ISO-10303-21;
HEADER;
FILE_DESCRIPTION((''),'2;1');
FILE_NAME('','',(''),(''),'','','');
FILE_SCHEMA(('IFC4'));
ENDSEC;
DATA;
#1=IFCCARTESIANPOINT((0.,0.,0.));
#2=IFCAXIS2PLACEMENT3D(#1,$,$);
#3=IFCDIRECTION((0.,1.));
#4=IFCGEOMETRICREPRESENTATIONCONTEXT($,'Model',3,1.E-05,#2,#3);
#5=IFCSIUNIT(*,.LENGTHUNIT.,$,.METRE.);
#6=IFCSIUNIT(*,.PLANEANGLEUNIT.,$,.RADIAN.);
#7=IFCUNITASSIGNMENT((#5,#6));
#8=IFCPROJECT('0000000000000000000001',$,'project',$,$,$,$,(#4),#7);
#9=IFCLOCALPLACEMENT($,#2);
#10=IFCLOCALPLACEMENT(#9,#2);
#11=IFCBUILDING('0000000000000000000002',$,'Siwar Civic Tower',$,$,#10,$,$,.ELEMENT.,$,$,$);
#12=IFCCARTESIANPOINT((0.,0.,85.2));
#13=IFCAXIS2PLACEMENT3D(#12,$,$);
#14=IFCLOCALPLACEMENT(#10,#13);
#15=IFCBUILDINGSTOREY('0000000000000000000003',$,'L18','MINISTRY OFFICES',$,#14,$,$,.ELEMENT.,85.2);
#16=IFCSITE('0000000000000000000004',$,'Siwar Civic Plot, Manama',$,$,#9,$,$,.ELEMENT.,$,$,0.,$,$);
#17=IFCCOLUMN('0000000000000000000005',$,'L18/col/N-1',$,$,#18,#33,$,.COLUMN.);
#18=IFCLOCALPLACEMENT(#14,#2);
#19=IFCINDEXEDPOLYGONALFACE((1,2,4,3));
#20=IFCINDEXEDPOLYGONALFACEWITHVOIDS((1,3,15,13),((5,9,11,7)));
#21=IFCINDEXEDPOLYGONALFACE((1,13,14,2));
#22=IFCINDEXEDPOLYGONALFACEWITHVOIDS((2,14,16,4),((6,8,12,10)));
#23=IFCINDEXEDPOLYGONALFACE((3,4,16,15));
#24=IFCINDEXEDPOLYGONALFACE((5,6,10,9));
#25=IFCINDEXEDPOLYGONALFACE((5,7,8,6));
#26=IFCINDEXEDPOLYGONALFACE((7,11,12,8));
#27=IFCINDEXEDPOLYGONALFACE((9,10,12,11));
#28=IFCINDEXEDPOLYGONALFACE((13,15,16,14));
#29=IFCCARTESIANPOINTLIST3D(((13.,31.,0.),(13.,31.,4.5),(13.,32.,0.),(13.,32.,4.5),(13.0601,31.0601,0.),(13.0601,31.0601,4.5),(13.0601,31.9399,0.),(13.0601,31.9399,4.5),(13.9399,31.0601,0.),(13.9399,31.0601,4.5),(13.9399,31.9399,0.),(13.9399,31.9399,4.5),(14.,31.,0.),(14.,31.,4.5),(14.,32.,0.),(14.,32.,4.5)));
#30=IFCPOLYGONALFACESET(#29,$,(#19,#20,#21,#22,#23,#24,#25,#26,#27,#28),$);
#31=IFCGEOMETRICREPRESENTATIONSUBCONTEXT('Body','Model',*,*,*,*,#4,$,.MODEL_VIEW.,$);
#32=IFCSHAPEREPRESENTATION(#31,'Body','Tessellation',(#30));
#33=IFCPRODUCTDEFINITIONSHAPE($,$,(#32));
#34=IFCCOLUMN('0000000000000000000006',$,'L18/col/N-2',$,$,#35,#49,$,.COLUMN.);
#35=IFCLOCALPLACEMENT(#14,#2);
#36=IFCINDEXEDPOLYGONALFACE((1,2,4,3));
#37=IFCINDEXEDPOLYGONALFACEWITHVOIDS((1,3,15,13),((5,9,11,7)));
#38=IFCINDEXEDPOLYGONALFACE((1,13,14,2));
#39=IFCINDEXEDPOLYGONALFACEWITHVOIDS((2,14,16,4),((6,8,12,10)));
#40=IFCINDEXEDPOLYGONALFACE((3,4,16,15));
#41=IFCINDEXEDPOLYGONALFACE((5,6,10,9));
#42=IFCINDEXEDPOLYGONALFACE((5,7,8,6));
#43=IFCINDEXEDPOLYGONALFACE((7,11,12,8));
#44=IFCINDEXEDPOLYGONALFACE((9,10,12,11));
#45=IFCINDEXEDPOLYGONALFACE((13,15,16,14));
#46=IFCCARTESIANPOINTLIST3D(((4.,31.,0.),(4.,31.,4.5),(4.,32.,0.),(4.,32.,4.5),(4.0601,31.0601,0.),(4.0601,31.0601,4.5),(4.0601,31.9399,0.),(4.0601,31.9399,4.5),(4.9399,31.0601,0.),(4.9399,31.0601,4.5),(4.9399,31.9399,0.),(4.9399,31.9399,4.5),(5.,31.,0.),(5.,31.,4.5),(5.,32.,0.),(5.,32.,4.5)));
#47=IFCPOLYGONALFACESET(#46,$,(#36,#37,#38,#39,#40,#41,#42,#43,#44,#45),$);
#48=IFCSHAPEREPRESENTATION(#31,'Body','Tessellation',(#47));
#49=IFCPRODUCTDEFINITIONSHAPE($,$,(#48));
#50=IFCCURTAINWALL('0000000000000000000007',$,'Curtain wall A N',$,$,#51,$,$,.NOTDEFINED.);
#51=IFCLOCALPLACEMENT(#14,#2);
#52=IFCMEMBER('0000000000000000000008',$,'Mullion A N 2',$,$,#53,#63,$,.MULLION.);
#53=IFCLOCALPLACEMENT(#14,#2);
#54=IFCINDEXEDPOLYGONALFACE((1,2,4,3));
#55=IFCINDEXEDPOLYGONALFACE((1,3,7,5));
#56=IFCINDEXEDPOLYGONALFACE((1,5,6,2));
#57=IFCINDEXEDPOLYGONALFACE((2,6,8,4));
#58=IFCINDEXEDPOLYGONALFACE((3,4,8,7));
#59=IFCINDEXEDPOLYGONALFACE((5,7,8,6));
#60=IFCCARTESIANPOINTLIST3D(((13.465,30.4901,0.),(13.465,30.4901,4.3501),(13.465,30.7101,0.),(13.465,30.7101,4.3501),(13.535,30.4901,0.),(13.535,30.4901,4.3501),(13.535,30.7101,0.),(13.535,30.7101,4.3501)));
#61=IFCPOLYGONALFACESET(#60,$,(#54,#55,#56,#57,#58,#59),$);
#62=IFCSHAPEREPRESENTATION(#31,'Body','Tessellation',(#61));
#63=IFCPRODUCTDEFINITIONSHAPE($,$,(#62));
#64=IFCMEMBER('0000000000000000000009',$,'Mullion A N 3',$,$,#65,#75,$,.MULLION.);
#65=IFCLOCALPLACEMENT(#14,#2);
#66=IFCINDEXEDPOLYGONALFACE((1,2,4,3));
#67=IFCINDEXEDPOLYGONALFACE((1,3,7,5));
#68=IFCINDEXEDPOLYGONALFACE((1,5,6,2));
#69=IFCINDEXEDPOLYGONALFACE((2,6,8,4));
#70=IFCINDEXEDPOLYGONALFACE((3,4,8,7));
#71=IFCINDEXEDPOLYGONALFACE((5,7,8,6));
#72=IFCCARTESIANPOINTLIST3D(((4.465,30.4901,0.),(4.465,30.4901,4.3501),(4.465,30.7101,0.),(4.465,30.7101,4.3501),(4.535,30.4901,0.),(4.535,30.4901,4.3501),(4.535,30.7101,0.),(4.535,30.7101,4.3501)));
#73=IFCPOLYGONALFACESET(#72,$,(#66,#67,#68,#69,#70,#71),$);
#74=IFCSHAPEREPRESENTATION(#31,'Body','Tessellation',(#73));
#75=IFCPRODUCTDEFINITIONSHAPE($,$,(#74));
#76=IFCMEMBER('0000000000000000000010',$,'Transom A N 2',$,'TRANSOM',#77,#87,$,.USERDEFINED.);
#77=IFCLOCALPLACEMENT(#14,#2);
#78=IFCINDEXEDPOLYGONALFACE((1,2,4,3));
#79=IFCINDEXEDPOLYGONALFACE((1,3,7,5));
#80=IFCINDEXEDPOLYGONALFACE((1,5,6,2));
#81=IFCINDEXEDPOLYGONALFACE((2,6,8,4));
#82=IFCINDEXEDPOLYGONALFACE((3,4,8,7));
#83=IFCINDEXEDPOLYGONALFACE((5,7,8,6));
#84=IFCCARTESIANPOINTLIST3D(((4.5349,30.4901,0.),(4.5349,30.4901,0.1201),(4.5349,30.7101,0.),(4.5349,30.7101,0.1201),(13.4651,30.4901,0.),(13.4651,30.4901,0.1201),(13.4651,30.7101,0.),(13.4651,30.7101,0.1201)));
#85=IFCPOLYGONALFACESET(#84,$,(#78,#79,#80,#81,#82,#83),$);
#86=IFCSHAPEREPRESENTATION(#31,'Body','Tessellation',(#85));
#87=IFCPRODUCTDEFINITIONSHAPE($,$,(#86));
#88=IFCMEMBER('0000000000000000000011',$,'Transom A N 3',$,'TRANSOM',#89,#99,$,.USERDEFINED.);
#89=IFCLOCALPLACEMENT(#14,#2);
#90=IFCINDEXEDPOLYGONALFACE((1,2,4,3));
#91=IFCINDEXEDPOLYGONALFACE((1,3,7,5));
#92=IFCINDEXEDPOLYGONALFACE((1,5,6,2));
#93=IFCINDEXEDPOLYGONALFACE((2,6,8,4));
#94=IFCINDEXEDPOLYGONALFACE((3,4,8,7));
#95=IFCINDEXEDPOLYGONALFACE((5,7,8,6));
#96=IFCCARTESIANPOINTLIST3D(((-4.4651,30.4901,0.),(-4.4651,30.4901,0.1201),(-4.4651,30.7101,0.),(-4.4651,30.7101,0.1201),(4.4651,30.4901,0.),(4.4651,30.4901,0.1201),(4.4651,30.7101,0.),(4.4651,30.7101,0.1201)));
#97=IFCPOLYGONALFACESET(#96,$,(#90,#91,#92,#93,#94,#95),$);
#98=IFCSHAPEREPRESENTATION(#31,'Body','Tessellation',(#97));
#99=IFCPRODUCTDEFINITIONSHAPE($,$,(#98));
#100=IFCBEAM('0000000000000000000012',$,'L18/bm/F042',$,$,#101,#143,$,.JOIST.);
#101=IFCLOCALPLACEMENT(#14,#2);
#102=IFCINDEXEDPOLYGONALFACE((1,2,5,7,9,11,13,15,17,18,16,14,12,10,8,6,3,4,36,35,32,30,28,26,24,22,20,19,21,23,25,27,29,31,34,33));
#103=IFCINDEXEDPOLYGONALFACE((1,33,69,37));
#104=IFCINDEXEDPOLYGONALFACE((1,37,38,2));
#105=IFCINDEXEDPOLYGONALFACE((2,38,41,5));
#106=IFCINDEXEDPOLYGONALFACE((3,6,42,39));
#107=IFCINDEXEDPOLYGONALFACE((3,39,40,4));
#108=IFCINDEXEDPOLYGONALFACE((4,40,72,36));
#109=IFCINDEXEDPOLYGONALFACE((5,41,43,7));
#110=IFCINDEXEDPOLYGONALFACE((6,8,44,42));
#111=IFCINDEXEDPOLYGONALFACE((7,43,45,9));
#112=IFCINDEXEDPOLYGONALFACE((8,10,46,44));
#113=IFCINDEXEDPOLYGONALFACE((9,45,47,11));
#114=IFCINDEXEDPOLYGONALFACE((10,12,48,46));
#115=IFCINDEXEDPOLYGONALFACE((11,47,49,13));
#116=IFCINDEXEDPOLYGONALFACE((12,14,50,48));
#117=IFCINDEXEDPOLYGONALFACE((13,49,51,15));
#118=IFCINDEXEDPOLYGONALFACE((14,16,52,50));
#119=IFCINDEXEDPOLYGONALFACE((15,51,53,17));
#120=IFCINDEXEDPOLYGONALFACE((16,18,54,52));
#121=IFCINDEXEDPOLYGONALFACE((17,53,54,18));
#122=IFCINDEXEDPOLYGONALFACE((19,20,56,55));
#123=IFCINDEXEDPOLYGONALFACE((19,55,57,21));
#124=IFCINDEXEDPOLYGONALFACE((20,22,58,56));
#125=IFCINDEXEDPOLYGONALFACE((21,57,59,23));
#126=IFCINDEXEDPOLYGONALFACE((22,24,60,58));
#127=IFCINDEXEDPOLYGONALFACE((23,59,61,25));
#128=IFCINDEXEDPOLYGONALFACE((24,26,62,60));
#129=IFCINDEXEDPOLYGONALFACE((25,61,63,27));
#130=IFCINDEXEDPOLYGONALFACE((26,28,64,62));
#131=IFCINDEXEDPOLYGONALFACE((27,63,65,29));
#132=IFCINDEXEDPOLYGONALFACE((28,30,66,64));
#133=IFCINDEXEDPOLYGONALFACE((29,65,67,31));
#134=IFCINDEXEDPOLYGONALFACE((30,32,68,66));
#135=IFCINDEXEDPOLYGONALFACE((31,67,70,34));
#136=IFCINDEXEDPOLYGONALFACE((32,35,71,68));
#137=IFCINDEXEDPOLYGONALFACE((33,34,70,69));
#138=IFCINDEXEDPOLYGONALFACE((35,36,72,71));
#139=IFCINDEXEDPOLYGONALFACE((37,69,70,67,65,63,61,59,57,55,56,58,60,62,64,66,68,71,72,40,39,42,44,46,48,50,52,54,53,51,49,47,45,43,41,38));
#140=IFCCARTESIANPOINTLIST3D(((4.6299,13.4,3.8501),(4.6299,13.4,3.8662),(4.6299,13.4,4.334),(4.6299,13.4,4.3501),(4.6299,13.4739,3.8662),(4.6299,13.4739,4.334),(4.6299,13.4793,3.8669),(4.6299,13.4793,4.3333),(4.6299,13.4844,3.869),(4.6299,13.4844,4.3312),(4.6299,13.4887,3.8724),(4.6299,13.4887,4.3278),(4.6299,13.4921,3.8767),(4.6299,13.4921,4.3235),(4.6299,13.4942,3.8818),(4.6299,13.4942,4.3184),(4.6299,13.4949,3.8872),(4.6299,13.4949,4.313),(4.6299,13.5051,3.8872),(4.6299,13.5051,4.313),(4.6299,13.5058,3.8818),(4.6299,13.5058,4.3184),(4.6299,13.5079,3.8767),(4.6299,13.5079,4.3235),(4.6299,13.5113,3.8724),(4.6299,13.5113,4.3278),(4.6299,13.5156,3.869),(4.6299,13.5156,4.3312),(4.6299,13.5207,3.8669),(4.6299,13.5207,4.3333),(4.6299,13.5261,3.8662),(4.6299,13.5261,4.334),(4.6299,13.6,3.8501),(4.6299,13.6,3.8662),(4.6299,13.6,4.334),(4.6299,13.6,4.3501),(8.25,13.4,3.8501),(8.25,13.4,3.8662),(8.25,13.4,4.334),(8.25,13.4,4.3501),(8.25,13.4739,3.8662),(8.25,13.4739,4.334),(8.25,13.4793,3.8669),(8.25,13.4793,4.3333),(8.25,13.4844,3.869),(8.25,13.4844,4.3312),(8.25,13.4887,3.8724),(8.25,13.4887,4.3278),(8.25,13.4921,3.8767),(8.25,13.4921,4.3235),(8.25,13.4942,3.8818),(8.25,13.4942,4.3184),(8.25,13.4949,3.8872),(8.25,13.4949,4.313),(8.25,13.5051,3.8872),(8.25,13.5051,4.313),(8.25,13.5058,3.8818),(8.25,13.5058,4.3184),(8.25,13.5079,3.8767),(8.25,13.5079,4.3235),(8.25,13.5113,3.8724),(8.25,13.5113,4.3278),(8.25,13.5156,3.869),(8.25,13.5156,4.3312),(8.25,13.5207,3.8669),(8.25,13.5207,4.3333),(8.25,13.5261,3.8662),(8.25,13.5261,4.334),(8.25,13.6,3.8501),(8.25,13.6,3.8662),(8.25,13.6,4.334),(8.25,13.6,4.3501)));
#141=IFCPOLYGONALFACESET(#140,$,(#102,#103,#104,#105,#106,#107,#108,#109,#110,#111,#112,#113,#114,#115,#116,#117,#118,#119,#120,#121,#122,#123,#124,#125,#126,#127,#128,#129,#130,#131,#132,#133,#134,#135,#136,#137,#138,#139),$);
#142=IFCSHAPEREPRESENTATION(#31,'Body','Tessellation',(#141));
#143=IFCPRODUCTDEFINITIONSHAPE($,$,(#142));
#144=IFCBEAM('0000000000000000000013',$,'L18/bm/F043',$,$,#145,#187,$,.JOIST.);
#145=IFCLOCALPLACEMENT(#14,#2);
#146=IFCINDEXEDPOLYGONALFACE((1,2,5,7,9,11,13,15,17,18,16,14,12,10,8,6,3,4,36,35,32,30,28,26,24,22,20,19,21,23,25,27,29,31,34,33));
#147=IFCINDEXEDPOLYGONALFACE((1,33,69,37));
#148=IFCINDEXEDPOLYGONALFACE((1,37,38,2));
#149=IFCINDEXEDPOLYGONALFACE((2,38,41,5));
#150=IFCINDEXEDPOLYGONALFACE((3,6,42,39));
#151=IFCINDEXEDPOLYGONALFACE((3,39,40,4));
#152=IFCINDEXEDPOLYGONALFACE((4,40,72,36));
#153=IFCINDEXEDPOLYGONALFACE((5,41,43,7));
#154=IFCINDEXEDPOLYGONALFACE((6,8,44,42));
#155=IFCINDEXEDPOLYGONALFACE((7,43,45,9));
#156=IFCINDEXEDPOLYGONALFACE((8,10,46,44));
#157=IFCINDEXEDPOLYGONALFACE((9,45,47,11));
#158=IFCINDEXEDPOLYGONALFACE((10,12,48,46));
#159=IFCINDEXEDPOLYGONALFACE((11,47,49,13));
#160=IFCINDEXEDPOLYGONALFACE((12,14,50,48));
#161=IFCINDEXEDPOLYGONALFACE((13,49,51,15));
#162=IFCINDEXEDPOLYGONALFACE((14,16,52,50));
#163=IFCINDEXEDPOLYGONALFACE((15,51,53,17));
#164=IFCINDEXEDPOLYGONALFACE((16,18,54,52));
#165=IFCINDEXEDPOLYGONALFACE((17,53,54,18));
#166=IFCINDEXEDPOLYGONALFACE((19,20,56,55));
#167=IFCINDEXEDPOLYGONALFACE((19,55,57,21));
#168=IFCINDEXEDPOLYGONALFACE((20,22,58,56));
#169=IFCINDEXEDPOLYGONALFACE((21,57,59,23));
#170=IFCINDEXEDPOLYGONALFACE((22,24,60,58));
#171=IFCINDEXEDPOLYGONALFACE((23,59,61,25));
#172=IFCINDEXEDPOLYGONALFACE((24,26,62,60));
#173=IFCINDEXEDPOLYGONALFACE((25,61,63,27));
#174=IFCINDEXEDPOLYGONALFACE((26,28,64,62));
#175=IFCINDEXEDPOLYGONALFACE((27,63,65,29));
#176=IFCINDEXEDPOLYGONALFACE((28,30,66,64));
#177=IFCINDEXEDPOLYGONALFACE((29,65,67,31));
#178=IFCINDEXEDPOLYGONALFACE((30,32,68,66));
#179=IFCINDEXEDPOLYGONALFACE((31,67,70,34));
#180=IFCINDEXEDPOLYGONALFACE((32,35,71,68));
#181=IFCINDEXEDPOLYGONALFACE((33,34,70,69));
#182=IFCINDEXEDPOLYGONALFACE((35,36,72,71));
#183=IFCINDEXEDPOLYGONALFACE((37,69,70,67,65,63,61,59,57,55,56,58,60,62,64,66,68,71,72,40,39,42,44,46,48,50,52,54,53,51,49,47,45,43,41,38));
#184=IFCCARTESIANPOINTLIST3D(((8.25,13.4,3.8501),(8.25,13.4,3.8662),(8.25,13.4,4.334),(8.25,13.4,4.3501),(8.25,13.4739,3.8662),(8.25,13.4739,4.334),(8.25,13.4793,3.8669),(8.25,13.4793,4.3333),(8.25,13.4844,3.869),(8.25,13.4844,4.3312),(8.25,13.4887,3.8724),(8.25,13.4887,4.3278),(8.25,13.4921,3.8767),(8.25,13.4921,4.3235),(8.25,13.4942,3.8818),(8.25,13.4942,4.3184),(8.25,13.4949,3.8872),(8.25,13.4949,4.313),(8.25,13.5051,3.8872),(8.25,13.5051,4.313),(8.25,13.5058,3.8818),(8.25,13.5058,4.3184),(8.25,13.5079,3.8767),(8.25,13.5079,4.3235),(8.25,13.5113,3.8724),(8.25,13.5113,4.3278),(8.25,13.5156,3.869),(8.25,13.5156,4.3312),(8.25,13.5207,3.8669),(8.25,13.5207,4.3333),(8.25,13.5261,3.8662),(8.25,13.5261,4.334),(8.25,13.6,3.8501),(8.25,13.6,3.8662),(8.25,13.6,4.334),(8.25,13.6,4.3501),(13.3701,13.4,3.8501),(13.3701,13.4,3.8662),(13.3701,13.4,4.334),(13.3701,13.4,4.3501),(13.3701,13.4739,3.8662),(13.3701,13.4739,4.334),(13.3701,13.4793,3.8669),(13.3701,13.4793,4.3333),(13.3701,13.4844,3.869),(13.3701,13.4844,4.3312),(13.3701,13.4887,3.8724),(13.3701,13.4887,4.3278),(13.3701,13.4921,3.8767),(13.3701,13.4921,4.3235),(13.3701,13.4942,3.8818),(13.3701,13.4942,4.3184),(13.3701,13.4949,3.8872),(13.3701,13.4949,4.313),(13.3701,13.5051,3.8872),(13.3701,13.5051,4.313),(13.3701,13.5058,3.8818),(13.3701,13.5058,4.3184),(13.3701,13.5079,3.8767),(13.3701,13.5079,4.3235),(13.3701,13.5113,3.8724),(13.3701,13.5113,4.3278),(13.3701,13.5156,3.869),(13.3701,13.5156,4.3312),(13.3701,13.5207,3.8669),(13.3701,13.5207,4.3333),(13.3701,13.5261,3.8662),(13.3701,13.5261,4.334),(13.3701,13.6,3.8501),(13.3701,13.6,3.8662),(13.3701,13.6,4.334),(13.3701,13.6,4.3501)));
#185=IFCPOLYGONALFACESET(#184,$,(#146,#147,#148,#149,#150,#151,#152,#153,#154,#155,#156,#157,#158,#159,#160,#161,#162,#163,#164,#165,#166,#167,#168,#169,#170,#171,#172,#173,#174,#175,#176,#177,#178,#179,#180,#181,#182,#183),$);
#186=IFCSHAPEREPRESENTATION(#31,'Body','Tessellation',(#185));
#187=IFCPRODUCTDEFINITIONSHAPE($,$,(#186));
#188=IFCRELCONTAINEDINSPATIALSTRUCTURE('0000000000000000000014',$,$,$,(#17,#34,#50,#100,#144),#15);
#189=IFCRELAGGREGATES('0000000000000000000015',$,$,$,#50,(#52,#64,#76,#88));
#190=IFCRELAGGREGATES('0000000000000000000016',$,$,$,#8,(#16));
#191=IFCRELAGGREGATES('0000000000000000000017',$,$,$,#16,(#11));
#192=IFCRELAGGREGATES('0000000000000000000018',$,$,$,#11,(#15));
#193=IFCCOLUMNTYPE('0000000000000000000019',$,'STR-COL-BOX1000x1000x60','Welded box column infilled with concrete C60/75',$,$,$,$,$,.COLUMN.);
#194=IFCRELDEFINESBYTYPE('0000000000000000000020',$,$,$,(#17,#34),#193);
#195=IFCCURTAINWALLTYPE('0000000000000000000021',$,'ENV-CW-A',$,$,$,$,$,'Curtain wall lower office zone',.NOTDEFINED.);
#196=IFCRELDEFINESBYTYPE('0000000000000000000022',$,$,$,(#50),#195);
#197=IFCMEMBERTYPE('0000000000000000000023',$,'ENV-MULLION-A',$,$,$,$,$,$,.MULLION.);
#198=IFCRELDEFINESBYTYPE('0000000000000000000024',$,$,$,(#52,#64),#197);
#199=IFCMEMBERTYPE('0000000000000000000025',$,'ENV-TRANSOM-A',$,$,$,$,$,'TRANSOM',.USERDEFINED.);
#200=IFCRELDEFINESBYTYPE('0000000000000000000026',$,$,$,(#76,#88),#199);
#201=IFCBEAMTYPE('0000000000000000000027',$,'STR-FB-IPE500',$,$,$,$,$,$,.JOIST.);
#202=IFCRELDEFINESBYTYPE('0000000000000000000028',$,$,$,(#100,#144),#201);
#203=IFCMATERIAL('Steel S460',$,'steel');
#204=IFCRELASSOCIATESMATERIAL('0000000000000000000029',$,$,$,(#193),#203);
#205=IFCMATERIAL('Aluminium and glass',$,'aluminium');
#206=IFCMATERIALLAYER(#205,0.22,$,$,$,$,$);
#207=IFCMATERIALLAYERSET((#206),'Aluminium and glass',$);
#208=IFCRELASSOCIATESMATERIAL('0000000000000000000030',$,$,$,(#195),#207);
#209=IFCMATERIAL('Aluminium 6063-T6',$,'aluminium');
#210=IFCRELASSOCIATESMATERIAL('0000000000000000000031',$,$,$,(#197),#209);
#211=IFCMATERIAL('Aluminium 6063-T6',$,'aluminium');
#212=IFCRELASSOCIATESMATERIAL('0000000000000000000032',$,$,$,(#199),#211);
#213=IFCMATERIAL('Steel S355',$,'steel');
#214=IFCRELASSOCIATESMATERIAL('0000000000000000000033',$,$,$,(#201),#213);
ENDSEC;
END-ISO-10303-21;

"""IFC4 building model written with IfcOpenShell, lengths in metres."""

from ifc_helpers import new_model, si_unit, direction, frame, origin, origin_2d, place, context, subcontext, project, spatial, rectangle, hollow_rectangle, i_section, extrude, material, layer, layer_set, material_profile, profile_set, type_object, element, aggregate, save


model = new_model("IFC4")

# Units and contexts
model_context = context("Model", 3, precision=1e-05, world=origin(), true_north=direction((0.0, 1.0)))
body_context = subcontext(model_context, "Body", "Model", "MODEL_VIEW")
ifc_project = project(units=[si_unit("LENGTHUNIT", "METRE"), si_unit("PLANEANGLEUNIT", "RADIAN")], contexts=[model_context])

# Site, building, storey
site_placement = place(None, origin())
site = spatial("IfcSite", under=ifc_project, at=site_placement, Name="Siwar Civic Plot, Manama", CompositionType="ELEMENT", RefElevation=0.0)
building_placement = place(site_placement, origin())
building = spatial("IfcBuilding", under=site, at=building_placement, Name="Siwar Civic Tower", CompositionType="ELEMENT")
storey_placement = place(building_placement, frame((0.0, 0.0, 85.2)))
storey = spatial("IfcBuildingStorey", under=building, at=storey_placement, Name="L18", Description="MINISTRY OFFICES", CompositionType="ELEMENT", Elevation=85.2)

# Columns
ifc_material_1 = material(Name="Steel S460", Category="steel")
ifc_material_profile_1 = material_profile(ifc_material_1, hollow_rectangle(XDim=1.0, YDim=1.0, WallThickness=0.0601, at=origin_2d()), Name="BOX1000x1000x60")
ifc_profile_set_1 = profile_set([ifc_material_profile_1], Name="Steel S460")
column_type = type_object("IfcColumnType", Name="STR-COL-BOX1000x1000x60", Description="Welded box column infilled with concrete C60/75", PredefinedType="COLUMN", material=ifc_profile_set_1)
for number, where, z_axis, x_axis, name in (
    (1, (13.5, 31.5, 0.0), (0.0, 0.0, 1.0), (1.0, 0.0, 0.0), "L18/col/N-1"),
    (2, (4.5, 31.5, 0.0), (0.0, 0.0, 1.0), (1.0, 0.0, 0.0), "L18/col/N-2"),
):
    element("IfcColumn", number, at=place(storey_placement, frame(where, z_axis=z_axis, x_axis=x_axis)), inside=storey, type_object=column_type, Name=name, PredefinedType="COLUMN", context=body_context, shape_type="SweptSolid", body=[
        extrude(hollow_rectangle(XDim=1.0, YDim=1.0, WallThickness=0.0601, at=origin_2d()), origin(), (0.0, 0.0, 1.0), 4.5),
    ])

# Curtain wall, members
ifc_material_2 = material(Name="Aluminium and glass", Category="aluminium")
ifc_layer_1 = layer(ifc_material_2, 0.22)
ifc_layer_set_1 = layer_set([ifc_layer_1], Name="Aluminium and glass")
curtain_wall_type = type_object("IfcCurtainWallType", Name="ENV-CW-A", ElementType="Curtain wall lower office zone", PredefinedType="NOTDEFINED", material=ifc_layer_set_1)
curtain_wall_placement = place(storey_placement, origin())
curtain_wall = element("IfcCurtainWall", 3, at=curtain_wall_placement, inside=storey, type_object=curtain_wall_type, Name="Curtain wall A N", PredefinedType="NOTDEFINED")
ifc_material_3 = material(Name="Aluminium 6063-T6", Category="aluminium")
ifc_material_profile_2 = material_profile(ifc_material_3, rectangle(XDim=0.22, YDim=0.0701, at=origin_2d()), Name="AL 220x70")
ifc_profile_set_2 = profile_set([ifc_material_profile_2], Name="Aluminium 6063-T6")
member_type_1 = type_object("IfcMemberType", Name="ENV-MULLION-A", PredefinedType="MULLION", material=ifc_profile_set_2)
member_1_placement = place(storey_placement, frame((13.5, 30.6001, 0.0), z_axis=(0.0, 0.0, 1.0), x_axis=(0.0, -1.0, 0.0)))
member_1 = element("IfcMember", 4, at=member_1_placement, type_object=member_type_1, Name="Mullion A N 2", PredefinedType="MULLION", context=body_context, shape_type="SweptSolid", body=[
    extrude(rectangle(XDim=0.22, YDim=0.0701, at=origin_2d()), origin(), (0.0, 0.0, 1.0), 4.3501),
])
member_2_placement = place(storey_placement, frame((4.5, 30.6001, 0.0), z_axis=(0.0, 0.0, 1.0), x_axis=(0.0, -1.0, 0.0)))
member_2 = element("IfcMember", 5, at=member_2_placement, type_object=member_type_1, Name="Mullion A N 3", PredefinedType="MULLION", context=body_context, shape_type="SweptSolid", body=[
    extrude(rectangle(XDim=0.22, YDim=0.0701, at=origin_2d()), origin(), (0.0, 0.0, 1.0), 4.3501),
])
ifc_material_4 = material(Name="Aluminium 6063-T6", Category="aluminium")
ifc_material_profile_3 = material_profile(ifc_material_4, rectangle(XDim=0.22, YDim=0.1201, at=origin_2d()), Name="AL 220x120")
ifc_profile_set_3 = profile_set([ifc_material_profile_3], Name="Aluminium 6063-T6")
member_type_2 = type_object("IfcMemberType", Name="ENV-TRANSOM-A", ElementType="TRANSOM", PredefinedType="USERDEFINED", material=ifc_profile_set_3)
member_3_placement = place(storey_placement, frame((13.4651, 30.6001, 0.0601), z_axis=(-1.0, 0.0, 0.0), x_axis=(0.0, -1.0, 0.0)))
member_3 = element("IfcMember", 6, at=member_3_placement, type_object=member_type_2, Name="Transom A N 2", ObjectType="TRANSOM", PredefinedType="USERDEFINED", context=body_context, shape_type="SweptSolid", body=[
    extrude(rectangle(XDim=0.22, YDim=0.1201, at=origin_2d()), origin(), (0.0, 0.0, 1.0), 8.9302),
])
member_4_placement = place(storey_placement, frame((4.4651, 30.6001, 0.0601), z_axis=(-1.0, 0.0, 0.0), x_axis=(0.0, -1.0, 0.0)))
member_4 = element("IfcMember", 7, at=member_4_placement, type_object=member_type_2, Name="Transom A N 3", ObjectType="TRANSOM", PredefinedType="USERDEFINED", context=body_context, shape_type="SweptSolid", body=[
    extrude(rectangle(XDim=0.22, YDim=0.1201, at=origin_2d()), origin(), (0.0, 0.0, 1.0), 8.9302),
])

# Beams
ifc_material_5 = material(Name="Steel S355", Category="steel")
ifc_material_profile_4 = material_profile(ifc_material_5, i_section(OverallWidth=0.2, OverallDepth=0.5, WebThickness=0.0103, FlangeThickness=0.0161, FilletRadius=0.021, at=origin_2d()), Name="IPE500")
ifc_profile_set_4 = profile_set([ifc_material_profile_4], Name="Steel S355")
beam_type_1 = type_object("IfcBeamType", Name="STR-FB-IPE500", PredefinedType="JOIST", material=ifc_profile_set_4)
beam_1_placement = place(storey_placement, frame((4.6299, 13.5, 4.1001), z_axis=(1.0, 0.0, 0.0), x_axis=(0.0, 1.0, 0.0)))
element("IfcBeam", 8, at=beam_1_placement, inside=storey, type_object=beam_type_1, Name="L18/bm/F042", PredefinedType="JOIST", context=body_context, shape_type="SweptSolid", body=[
    extrude(i_section(OverallWidth=0.2, OverallDepth=0.5, WebThickness=0.0103, FlangeThickness=0.0161, FilletRadius=0.021, at=origin_2d()), origin(), (0.0, 0.0, 1.0), 3.6201),
])
beam_2_placement = place(storey_placement, frame((8.25, 13.5, 4.1001), z_axis=(1.0, 0.0, 0.0), x_axis=(0.0, 1.0, 0.0)))
element("IfcBeam", 9, at=beam_2_placement, inside=storey, type_object=beam_type_1, Name="L18/bm/F043", PredefinedType="JOIST", context=body_context, shape_type="SweptSolid", body=[
    extrude(i_section(OverallWidth=0.2, OverallDepth=0.5, WebThickness=0.0103, FlangeThickness=0.0161, FilletRadius=0.021, at=origin_2d()), origin(), (0.0, 0.0, 1.0), 5.1201),
])

aggregate(curtain_wall, [member_1, member_2, member_3, member_4])

save(model, "model.ifc")
